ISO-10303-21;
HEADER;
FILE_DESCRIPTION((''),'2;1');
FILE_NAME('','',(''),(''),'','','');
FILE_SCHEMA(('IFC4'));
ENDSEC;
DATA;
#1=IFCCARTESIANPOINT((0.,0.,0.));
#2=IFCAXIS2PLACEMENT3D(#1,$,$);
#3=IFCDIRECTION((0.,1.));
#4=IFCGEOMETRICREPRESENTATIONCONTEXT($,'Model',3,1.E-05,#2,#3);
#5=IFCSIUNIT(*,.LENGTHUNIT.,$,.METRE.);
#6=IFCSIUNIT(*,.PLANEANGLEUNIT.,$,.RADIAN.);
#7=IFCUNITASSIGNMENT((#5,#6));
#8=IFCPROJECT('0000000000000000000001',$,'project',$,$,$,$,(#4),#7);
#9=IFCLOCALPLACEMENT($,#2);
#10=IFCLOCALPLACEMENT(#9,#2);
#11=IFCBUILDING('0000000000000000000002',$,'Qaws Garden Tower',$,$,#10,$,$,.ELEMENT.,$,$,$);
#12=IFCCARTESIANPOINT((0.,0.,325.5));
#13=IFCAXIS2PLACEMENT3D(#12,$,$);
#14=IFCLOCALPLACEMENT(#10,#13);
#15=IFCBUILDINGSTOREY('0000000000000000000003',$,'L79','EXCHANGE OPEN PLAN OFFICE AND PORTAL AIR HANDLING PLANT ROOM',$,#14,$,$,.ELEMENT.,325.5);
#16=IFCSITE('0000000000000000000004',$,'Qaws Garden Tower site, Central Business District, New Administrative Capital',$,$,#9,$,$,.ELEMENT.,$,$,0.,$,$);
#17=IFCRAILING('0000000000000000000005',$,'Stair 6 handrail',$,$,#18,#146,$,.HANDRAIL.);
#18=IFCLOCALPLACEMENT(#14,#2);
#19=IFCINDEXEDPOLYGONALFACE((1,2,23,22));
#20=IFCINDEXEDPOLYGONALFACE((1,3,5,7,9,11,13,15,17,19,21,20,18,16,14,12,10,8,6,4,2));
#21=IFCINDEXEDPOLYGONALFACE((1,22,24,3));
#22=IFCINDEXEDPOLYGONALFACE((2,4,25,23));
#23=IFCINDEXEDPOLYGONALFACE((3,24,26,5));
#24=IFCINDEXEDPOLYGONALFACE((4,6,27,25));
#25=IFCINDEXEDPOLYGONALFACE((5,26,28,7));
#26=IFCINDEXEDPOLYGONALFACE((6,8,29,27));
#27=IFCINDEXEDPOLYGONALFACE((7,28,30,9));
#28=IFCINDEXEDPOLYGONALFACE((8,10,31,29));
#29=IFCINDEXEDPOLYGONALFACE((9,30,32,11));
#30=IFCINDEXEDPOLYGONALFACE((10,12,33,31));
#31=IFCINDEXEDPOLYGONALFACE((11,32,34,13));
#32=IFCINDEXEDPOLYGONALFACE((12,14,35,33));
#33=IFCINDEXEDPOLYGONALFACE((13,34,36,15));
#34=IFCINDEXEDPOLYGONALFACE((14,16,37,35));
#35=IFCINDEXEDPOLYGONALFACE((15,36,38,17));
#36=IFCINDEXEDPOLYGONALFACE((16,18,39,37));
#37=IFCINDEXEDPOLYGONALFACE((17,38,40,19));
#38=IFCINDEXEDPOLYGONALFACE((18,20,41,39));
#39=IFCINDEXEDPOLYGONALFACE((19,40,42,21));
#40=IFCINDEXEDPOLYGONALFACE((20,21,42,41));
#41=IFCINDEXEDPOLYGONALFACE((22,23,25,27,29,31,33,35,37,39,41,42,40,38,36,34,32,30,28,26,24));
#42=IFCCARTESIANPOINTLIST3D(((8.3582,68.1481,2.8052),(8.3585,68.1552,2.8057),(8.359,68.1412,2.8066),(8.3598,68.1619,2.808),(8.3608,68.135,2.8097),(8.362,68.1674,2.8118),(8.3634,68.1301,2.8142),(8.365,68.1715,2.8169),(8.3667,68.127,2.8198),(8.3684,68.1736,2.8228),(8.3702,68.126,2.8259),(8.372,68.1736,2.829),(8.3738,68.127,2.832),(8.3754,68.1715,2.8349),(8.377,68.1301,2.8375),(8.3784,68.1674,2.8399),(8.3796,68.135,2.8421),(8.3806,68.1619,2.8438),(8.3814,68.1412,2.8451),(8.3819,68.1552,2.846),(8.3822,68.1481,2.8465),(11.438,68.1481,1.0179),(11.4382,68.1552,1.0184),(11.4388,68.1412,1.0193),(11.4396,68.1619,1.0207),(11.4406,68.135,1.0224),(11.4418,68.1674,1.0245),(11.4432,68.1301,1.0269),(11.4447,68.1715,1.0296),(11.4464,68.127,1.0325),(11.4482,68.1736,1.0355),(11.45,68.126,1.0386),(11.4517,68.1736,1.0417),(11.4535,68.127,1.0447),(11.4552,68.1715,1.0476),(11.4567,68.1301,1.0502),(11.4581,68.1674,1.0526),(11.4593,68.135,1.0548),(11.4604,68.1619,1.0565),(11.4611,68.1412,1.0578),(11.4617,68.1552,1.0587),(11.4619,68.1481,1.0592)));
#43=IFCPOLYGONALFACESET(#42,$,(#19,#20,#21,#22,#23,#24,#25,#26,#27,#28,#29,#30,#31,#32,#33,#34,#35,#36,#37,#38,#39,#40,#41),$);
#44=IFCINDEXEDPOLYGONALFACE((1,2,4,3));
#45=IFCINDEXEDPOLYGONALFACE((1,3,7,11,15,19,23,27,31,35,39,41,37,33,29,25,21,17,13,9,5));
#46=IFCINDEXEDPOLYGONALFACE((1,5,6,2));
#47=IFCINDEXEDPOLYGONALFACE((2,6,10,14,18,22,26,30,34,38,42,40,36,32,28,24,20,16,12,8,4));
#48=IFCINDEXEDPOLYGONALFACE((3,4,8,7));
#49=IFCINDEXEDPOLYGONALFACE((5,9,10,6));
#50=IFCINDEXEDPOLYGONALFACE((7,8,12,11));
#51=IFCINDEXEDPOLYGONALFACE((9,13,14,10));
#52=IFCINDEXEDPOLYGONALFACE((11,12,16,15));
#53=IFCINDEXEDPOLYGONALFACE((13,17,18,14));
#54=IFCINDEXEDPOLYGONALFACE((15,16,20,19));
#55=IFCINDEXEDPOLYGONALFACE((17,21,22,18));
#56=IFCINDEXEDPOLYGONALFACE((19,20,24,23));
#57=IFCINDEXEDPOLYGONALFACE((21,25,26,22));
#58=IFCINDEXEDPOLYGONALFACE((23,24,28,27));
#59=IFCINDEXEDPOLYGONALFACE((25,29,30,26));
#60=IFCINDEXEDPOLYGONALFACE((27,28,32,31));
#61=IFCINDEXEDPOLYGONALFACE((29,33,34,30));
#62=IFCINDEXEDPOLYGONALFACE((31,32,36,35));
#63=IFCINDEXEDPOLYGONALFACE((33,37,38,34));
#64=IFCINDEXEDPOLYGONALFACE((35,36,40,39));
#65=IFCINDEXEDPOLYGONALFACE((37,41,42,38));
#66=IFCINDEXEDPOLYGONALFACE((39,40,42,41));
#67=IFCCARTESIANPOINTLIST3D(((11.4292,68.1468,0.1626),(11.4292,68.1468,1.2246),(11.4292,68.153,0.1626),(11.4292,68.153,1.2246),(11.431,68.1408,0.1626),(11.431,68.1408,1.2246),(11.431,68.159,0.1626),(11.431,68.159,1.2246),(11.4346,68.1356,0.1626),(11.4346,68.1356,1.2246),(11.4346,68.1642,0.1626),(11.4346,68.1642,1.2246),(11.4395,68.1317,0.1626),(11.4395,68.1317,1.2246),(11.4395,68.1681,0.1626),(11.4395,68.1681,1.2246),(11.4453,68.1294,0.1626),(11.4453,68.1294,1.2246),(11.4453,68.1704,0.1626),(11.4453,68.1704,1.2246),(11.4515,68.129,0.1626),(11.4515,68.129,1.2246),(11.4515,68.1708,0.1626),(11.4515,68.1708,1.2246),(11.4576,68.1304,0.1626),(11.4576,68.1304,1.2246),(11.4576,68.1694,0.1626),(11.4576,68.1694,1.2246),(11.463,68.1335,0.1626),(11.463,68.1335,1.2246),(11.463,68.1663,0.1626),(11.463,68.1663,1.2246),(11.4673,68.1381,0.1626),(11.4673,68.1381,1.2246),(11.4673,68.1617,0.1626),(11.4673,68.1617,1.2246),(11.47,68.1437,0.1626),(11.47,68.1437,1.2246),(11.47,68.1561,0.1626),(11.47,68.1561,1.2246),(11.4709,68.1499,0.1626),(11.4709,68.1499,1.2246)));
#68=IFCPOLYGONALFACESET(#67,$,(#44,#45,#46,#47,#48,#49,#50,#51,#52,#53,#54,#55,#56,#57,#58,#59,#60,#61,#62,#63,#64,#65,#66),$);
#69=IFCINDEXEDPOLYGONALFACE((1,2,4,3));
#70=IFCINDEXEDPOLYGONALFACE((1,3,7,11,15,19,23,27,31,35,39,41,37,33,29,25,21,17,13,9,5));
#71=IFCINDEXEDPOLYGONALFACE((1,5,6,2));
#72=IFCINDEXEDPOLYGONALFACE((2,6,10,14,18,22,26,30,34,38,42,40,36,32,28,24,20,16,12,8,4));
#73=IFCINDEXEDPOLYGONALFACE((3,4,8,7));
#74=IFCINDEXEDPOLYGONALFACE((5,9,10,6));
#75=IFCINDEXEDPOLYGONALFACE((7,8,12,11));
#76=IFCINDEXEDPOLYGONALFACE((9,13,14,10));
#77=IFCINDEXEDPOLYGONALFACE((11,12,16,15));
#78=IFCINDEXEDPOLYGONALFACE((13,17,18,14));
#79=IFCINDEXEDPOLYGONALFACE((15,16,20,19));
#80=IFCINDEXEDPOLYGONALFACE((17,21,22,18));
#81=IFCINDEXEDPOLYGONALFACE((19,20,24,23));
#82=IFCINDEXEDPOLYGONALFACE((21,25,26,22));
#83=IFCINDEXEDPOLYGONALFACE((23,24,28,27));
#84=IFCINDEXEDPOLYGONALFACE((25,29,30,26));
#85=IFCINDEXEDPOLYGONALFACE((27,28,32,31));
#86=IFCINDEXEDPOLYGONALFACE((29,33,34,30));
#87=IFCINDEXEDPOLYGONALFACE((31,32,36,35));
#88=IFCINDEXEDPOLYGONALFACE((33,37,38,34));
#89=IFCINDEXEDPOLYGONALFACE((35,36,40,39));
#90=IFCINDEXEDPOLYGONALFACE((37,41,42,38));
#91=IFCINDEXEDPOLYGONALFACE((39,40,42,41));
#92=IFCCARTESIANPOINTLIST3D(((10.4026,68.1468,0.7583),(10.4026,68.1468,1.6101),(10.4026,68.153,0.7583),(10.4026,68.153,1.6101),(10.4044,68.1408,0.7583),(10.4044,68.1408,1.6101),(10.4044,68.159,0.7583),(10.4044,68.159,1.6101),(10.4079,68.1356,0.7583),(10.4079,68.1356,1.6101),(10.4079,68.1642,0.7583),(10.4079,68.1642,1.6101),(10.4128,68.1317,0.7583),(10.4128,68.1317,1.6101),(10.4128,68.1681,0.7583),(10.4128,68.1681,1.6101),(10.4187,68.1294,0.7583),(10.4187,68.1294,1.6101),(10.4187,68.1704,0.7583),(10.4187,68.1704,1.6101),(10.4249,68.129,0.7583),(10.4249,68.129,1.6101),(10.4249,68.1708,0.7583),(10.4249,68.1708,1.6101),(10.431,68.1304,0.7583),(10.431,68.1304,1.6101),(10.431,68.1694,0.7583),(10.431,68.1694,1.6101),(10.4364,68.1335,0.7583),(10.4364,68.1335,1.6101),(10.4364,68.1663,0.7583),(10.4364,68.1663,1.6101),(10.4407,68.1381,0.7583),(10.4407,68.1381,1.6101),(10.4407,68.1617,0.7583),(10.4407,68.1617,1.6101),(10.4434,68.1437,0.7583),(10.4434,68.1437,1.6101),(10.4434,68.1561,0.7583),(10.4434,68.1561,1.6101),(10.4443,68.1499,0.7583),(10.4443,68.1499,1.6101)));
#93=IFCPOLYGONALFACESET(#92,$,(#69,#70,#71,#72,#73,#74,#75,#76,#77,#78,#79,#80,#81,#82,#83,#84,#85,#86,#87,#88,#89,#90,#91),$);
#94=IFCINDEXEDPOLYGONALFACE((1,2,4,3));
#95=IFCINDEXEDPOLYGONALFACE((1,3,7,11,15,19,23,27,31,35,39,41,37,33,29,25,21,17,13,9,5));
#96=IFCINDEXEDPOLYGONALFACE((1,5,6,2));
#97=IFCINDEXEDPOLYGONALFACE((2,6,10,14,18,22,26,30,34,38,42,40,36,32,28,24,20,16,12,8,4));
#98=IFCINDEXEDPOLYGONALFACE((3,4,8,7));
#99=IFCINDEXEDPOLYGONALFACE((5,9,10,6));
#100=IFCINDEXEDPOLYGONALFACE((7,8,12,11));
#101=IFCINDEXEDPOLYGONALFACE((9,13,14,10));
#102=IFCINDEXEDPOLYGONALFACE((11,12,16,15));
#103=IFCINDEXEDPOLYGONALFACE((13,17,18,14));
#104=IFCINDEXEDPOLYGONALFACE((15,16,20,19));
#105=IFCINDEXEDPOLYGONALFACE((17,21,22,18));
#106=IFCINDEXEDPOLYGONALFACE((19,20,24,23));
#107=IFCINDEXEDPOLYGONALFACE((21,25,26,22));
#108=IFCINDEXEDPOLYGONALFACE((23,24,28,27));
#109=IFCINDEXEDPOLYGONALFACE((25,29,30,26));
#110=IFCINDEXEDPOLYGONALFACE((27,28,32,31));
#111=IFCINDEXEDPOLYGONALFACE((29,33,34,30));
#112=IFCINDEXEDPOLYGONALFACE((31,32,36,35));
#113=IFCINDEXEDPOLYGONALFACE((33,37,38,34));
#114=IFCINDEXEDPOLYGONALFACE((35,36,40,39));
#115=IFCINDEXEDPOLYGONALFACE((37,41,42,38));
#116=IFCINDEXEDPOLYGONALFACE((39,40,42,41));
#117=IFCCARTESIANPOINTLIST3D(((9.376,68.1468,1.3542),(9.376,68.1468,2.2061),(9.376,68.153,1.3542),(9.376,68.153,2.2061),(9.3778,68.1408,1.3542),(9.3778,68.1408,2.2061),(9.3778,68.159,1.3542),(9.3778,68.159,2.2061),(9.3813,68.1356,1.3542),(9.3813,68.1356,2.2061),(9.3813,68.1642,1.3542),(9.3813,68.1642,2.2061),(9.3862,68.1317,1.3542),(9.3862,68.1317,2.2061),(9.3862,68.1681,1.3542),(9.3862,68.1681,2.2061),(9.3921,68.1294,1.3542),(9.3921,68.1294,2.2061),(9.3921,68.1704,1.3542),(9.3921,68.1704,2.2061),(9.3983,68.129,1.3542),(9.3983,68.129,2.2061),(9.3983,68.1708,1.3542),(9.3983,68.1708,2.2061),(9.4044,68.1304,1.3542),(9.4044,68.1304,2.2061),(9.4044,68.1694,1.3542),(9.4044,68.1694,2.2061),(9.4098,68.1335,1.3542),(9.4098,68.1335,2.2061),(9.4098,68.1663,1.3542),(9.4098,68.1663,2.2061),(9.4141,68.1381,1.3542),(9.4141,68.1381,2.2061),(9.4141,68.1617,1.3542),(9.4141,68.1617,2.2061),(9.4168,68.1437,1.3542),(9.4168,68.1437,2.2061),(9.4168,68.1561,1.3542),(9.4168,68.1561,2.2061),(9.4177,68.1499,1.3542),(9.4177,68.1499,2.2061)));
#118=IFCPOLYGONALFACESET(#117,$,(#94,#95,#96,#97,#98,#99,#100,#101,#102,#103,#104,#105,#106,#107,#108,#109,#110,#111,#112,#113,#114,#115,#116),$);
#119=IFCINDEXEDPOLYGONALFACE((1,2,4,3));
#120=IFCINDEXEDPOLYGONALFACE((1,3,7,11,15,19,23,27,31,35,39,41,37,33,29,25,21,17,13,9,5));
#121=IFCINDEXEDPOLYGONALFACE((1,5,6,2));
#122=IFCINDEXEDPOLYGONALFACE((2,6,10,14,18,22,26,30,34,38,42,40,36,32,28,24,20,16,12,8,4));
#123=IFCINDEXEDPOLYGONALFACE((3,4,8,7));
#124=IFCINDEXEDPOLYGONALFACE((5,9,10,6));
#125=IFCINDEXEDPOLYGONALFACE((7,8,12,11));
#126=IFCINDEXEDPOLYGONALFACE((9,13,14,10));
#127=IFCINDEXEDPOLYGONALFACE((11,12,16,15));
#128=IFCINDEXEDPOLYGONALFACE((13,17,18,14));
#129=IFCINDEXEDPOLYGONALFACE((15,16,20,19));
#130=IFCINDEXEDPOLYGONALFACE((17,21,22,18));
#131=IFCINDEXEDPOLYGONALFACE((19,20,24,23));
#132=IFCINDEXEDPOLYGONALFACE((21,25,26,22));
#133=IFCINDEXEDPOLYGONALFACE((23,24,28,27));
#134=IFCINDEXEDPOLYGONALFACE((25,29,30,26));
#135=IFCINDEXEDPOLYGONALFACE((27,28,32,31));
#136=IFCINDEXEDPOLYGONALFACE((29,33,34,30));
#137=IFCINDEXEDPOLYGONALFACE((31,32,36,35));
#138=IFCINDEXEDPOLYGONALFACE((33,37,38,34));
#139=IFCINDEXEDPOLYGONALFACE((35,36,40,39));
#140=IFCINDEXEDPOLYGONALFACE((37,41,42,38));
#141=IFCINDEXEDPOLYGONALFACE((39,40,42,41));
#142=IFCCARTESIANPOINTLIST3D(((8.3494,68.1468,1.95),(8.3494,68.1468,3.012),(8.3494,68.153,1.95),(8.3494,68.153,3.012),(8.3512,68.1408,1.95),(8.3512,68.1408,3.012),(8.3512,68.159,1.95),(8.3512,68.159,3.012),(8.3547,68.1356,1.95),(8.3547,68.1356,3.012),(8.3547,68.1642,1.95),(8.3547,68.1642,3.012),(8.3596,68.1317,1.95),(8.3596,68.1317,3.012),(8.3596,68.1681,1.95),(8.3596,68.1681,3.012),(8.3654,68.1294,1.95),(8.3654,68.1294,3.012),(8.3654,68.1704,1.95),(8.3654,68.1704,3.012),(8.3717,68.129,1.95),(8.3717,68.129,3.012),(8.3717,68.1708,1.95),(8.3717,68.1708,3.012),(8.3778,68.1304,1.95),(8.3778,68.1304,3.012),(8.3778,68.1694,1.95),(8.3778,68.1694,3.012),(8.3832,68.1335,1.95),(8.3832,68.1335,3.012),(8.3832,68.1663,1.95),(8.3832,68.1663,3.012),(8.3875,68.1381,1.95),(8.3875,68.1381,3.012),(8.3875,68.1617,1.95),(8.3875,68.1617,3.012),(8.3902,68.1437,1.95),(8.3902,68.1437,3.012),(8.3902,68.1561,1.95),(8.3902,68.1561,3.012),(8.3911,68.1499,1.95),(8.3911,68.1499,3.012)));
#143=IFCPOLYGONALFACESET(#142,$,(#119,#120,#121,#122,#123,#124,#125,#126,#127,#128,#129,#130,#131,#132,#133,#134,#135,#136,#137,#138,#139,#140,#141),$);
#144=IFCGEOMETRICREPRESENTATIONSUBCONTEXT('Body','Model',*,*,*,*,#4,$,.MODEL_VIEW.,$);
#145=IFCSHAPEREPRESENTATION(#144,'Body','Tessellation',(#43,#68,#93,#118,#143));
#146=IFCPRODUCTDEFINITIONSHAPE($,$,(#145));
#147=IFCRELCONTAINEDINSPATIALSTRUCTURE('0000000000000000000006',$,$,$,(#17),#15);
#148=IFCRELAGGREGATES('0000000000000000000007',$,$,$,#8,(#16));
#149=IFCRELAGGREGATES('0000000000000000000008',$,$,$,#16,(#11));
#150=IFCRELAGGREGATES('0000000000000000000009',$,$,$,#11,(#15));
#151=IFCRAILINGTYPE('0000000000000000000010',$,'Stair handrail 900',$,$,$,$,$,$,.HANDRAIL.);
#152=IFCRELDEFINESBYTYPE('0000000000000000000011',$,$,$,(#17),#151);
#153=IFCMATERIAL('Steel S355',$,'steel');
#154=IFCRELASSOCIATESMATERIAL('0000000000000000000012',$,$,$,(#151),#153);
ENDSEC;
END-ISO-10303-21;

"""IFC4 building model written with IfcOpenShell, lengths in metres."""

from ifc_helpers import new_model, si_unit, direction, frame, origin, origin_2d, place, context, subcontext, project, spatial, circle, extrude, material, type_object, element, save


model = new_model("IFC4")

# Units and contexts
model_context = context("Model", 3, precision=1e-05, world=origin(), true_north=direction((0.0, 1.0)))
body_context = subcontext(model_context, "Body", "Model", "MODEL_VIEW")
ifc_project = project(units=[si_unit("LENGTHUNIT", "METRE"), si_unit("PLANEANGLEUNIT", "RADIAN")], contexts=[model_context])

# Site, building, storey
site_placement = place(None, origin())
site = spatial("IfcSite", under=ifc_project, at=site_placement, Name="Qaws Garden Tower site, Central Business District, New Administrative Capital", CompositionType="ELEMENT", RefElevation=0.0)
building_placement = place(site_placement, origin())
building = spatial("IfcBuilding", under=site, at=building_placement, Name="Qaws Garden Tower", CompositionType="ELEMENT")
storey_placement = place(building_placement, frame((0.0, 0.0, 325.5)))
storey = spatial("IfcBuildingStorey", under=building, at=storey_placement, Name="L79", Description="EXCHANGE OPEN PLAN OFFICE AND PORTAL AIR HANDLING PLANT ROOM", CompositionType="ELEMENT", Elevation=325.5)

# Railing
ifc_material_1 = material(Name="Steel S355", Category="steel")
railing_type = type_object("IfcRailingType", Name="Stair handrail 900", PredefinedType="HANDRAIL", material=ifc_material_1)
railing_1_placement = place(storey_placement, frame((11.45, 68.1499, 0.1626)))
element("IfcRailing", 1, at=railing_1_placement, inside=storey, type_object=railing_type, Name="Stair 6 handrail", PredefinedType="HANDRAIL", context=body_context, shape_type="SweptSolid", body=[
    extrude(circle(Radius=0.0239, at=origin_2d()), frame((0.0, 0.0, 0.876), z_axis=(-0.864903, 0.0, 0.501939), x_axis=(0.0, -1.0, 0.0)), (0.0, 0.0, 1.0), 3.5608),
    extrude(circle(Radius=0.021, at=origin_2d()), origin(), (0.0, 0.0, 1.0), 1.062),
    extrude(circle(Radius=0.021, at=origin_2d()), frame((-1.0266, 0.0, 0.5957)), (0.0, 0.0, 1.0), 0.8518),
    extrude(circle(Radius=0.021, at=origin_2d()), frame((-2.0532, 0.0, 1.1917)), (0.0, 0.0, 1.0), 0.8518),
    extrude(circle(Radius=0.021, at=origin_2d()), frame((-3.0798, 0.0, 1.7874)), (0.0, 0.0, 1.0), 1.062),
])

save(model, "model.ifc")
